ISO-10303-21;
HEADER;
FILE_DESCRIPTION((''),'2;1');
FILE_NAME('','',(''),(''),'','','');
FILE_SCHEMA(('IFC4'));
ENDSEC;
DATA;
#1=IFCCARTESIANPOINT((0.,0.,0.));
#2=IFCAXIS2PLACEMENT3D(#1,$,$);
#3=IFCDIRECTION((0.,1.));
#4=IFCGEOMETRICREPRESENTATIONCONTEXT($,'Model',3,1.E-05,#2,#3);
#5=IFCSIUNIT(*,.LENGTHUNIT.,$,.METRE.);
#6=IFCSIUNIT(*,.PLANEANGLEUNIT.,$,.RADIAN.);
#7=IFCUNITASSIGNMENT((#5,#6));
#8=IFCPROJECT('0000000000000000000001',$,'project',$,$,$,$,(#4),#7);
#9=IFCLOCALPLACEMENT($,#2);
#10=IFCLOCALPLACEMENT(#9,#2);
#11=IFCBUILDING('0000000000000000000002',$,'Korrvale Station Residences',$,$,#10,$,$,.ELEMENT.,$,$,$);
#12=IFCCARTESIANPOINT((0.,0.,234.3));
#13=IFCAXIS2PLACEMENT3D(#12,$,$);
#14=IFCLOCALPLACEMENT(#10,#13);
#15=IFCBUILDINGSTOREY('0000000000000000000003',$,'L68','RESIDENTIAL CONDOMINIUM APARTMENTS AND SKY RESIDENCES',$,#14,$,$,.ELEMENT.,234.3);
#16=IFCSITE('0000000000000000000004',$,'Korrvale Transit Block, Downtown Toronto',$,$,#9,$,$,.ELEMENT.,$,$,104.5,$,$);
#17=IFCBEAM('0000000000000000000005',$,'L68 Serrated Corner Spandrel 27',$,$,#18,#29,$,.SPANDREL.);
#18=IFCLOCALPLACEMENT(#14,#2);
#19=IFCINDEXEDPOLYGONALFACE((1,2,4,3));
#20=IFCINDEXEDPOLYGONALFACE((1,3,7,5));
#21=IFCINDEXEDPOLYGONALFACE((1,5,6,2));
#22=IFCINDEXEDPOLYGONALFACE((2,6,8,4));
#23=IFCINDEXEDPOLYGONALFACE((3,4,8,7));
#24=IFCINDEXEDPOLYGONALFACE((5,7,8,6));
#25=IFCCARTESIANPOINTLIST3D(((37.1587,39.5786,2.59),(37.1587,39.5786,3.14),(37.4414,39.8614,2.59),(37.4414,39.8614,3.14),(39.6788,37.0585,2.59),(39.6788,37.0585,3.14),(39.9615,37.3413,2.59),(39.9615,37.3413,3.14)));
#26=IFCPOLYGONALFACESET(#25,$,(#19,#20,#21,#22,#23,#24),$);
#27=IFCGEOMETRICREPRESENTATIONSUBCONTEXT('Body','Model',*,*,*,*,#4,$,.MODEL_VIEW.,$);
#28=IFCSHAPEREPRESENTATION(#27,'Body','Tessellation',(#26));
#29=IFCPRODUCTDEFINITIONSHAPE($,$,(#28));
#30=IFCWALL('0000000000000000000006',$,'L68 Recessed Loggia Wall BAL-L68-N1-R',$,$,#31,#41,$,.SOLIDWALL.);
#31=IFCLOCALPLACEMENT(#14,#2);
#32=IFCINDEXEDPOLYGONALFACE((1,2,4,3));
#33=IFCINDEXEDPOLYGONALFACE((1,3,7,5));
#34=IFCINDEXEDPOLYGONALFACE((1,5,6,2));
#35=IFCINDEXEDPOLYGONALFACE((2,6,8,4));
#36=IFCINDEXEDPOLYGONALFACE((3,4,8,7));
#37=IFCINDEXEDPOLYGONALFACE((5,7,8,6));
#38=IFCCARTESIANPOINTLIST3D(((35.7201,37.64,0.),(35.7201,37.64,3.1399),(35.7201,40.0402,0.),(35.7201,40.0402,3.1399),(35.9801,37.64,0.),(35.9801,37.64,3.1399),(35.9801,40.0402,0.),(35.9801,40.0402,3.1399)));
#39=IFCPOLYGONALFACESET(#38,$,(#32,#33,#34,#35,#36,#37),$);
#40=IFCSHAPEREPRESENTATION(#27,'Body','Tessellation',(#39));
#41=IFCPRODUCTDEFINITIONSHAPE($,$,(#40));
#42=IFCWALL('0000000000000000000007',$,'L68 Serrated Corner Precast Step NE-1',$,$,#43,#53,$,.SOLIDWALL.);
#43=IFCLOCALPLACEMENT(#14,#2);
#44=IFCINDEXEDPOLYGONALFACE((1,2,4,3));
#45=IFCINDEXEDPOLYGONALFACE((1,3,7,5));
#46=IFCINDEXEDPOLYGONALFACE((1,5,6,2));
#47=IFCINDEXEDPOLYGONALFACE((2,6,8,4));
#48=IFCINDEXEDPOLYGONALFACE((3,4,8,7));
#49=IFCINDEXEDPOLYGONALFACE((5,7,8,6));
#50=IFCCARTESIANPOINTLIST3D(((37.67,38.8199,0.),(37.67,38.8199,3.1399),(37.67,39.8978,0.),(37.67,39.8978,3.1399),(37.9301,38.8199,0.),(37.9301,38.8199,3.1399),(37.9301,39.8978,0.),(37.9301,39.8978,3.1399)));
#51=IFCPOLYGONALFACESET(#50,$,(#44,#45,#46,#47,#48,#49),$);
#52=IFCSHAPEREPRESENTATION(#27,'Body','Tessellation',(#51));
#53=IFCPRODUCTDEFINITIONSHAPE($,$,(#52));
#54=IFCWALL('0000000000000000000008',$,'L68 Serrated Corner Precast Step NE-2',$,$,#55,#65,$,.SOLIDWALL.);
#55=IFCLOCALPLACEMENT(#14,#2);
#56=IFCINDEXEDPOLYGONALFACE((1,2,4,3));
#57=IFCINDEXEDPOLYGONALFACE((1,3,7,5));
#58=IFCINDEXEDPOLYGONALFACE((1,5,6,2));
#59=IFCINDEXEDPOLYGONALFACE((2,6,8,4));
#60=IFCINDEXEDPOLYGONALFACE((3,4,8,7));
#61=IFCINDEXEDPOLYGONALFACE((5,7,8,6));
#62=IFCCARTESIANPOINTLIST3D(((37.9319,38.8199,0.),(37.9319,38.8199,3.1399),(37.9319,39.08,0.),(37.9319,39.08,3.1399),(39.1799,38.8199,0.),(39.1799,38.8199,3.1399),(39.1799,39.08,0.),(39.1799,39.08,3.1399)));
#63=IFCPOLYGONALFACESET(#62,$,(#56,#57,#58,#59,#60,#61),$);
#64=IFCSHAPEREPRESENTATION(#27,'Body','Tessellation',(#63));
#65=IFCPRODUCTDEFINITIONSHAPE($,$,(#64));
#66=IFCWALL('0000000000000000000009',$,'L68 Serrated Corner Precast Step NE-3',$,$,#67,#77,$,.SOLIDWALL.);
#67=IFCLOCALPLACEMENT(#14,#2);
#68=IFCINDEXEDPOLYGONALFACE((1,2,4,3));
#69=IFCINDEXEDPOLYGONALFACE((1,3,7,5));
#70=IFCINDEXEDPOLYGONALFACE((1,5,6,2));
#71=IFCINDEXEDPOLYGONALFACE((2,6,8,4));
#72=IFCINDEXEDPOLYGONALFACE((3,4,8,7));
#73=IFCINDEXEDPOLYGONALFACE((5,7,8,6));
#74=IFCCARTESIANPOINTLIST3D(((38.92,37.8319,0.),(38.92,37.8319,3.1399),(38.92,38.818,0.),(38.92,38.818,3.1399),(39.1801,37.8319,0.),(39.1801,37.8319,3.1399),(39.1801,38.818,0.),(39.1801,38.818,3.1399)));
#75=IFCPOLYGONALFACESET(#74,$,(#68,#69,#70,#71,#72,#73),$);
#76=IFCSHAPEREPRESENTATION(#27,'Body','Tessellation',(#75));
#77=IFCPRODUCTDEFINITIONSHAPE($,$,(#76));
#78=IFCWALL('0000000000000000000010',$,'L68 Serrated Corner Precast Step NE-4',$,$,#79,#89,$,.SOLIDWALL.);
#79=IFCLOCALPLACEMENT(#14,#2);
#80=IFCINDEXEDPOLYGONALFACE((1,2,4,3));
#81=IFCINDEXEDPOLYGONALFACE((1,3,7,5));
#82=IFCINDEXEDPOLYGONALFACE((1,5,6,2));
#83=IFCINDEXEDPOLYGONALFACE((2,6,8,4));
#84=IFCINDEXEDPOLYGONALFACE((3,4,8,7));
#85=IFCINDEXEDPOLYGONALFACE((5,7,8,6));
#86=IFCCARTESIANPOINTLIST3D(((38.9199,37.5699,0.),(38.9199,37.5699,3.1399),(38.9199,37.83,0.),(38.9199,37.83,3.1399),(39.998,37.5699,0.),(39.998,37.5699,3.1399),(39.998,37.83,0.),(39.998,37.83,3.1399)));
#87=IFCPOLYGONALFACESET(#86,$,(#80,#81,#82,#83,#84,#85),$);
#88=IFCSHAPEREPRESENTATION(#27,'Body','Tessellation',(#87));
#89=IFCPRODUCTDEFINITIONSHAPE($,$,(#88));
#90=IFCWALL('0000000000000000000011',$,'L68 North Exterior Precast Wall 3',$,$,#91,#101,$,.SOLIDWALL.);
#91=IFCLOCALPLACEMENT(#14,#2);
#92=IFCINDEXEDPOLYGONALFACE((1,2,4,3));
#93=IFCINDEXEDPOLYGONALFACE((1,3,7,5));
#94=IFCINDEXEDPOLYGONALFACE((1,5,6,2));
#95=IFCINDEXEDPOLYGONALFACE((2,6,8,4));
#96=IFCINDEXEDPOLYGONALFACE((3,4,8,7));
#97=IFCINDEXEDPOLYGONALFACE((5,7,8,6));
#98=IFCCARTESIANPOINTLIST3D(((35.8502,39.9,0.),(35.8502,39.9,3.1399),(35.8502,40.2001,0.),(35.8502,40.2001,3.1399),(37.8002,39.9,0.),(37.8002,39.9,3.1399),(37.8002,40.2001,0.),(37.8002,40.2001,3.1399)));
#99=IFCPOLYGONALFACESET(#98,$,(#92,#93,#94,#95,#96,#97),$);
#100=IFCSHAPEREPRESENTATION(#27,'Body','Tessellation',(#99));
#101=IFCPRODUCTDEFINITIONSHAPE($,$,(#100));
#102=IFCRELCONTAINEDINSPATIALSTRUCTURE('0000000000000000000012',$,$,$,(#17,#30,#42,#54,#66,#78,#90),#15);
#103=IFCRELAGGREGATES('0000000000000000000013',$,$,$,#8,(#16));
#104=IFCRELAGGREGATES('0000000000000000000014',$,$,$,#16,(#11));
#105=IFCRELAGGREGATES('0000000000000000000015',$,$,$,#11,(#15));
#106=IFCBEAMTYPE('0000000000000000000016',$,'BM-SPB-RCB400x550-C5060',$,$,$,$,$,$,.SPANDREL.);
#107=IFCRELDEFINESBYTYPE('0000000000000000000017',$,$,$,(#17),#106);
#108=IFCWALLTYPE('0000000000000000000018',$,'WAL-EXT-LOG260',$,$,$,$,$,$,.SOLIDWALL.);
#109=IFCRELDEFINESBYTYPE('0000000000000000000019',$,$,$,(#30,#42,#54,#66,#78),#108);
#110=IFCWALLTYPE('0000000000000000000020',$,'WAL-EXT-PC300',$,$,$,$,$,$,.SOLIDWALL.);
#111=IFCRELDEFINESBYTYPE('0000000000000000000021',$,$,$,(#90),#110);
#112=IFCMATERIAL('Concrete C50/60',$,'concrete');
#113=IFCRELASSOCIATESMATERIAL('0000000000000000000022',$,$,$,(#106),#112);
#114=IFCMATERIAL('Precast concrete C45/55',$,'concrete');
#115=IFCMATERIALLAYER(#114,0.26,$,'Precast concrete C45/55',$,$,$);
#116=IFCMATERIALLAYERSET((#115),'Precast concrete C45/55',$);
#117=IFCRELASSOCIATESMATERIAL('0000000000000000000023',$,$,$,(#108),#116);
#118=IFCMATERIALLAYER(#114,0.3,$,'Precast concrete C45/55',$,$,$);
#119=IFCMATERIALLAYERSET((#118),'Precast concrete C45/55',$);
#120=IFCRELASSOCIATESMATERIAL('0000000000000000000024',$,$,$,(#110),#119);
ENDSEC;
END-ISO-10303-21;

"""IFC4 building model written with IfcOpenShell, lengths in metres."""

from ifc_helpers import new_model, si_unit, direction, frame, frame_2d, origin, origin_2d, place, context, subcontext, project, spatial, rectangle, extrude, material, layer, layer_set, material_profile, profile_set, type_object, element, save


model = new_model("IFC4")

# Units and contexts
model_context = context("Model", 3, precision=1e-05, world=origin(), true_north=direction((0.0, 1.0)))
body_context = subcontext(model_context, "Body", "Model", "MODEL_VIEW")
ifc_project = project(units=[si_unit("LENGTHUNIT", "METRE"), si_unit("PLANEANGLEUNIT", "RADIAN")], contexts=[model_context])

# Site, building, storey
site_placement = place(None, origin())
site = spatial("IfcSite", under=ifc_project, at=site_placement, Name="Korrvale Transit Block, Downtown Toronto", CompositionType="ELEMENT", RefElevation=104.5)
building_placement = place(site_placement, origin())
building = spatial("IfcBuilding", under=site, at=building_placement, Name="Korrvale Station Residences", CompositionType="ELEMENT")
storey_placement = place(building_placement, frame((0.0, 0.0, 234.3)))
storey = spatial("IfcBuildingStorey", under=building, at=storey_placement, Name="L68", Description="RESIDENTIAL CONDOMINIUM APARTMENTS AND SKY RESIDENCES", CompositionType="ELEMENT", Elevation=234.3)

# Shared definitions
ifc_material_1 = material(Name="Concrete C50/60", Category="concrete")

# Beam
ifc_material_profile_1 = material_profile(ifc_material_1, rectangle(XDim=0.3999, YDim=0.55, at=origin_2d()), Name="RCB400x550")
ifc_profile_set_1 = profile_set([ifc_material_profile_1], Name="Concrete C50/60")
beam_type_1 = type_object("IfcBeamType", Name="BM-SPB-RCB400x550-C5060", PredefinedType="SPANDREL", material=ifc_profile_set_1)
beam_1_placement = place(storey_placement, frame((37.3, 39.72, 2.865), z_axis=(0.707107, -0.707107, 0.0), x_axis=(0.707107, 0.707107, 0.0)))
element("IfcBeam", 1, at=beam_1_placement, inside=storey, type_object=beam_type_1, Name="L68 Serrated Corner Spandrel 27", PredefinedType="SPANDREL", context=body_context, shape_type="SweptSolid", body=[
    extrude(rectangle(XDim=0.3999, YDim=0.55, at=origin_2d()), origin(), (0.0, 0.0, 1.0), 3.564),
])

# Walls
ifc_material_2 = material(Name="Precast concrete C45/55", Category="concrete")
ifc_layer_1 = layer(ifc_material_2, 0.26, Name="Precast concrete C45/55")
ifc_layer_set_1 = layer_set([ifc_layer_1], Name="Precast concrete C45/55")
wall_type_1 = type_object("IfcWallType", Name="WAL-EXT-LOG260", PredefinedType="SOLIDWALL", material=ifc_layer_set_1)
wall_1_placement = place(storey_placement, frame((35.8501, 37.6399, 0.0), z_axis=(0.0, 0.0, 1.0), x_axis=(0.0, 1.0, 0.0)))
element("IfcWall", 2, at=wall_1_placement, inside=storey, type_object=wall_type_1, Name="L68 Recessed Loggia Wall BAL-L68-N1-R", PredefinedType="SOLIDWALL", context=body_context, shape_type="SweptSolid", body=[
    extrude(rectangle(XDim=2.4001, YDim=0.26, at=frame_2d((1.2002, 0.0))), origin(), (0.0, 0.0, 1.0), 3.1399),
])
wall_2_placement = place(storey_placement, frame((37.8, 39.8979, 0.0), z_axis=(0.0, 0.0, 1.0), x_axis=(0.0, -1.0, 0.0)))
element("IfcWall", 3, at=wall_2_placement, inside=storey, type_object=wall_type_1, Name="L68 Serrated Corner Precast Step NE-1", PredefinedType="SOLIDWALL", context=body_context, shape_type="SweptSolid", body=[
    extrude(rectangle(XDim=1.0779, YDim=0.26, at=frame_2d((0.5391, 0.0))), origin(), (0.0, 0.0, 1.0), 3.1399),
])
wall_3_placement = place(storey_placement, frame((37.9319, 38.95, 0.0), z_axis=(0.0, 0.0, 1.0), x_axis=(1.0, 0.0, 0.0)))
element("IfcWall", 4, at=wall_3_placement, inside=storey, type_object=wall_type_1, Name="L68 Serrated Corner Precast Step NE-2", PredefinedType="SOLIDWALL", context=body_context, shape_type="SweptSolid", body=[
    extrude(rectangle(XDim=1.248, YDim=0.26, at=frame_2d((0.624, 0.0))), origin(), (0.0, 0.0, 1.0), 3.1399),
])
wall_4_placement = place(storey_placement, frame((39.05, 38.8181, 0.0), z_axis=(0.0, 0.0, 1.0), x_axis=(0.0, -1.0, 0.0)))
element("IfcWall", 5, at=wall_4_placement, inside=storey, type_object=wall_type_1, Name="L68 Serrated Corner Precast Step NE-3", PredefinedType="SOLIDWALL", context=body_context, shape_type="SweptSolid", body=[
    extrude(rectangle(XDim=0.9861, YDim=0.26, at=frame_2d((0.4932, 0.0))), origin(), (0.0, 0.0, 1.0), 3.1399),
])
wall_5_placement = place(storey_placement, frame((38.9199, 37.7, 0.0), z_axis=(0.0, 0.0, 1.0), x_axis=(1.0, 0.0, 0.0)))
element("IfcWall", 6, at=wall_5_placement, inside=storey, type_object=wall_type_1, Name="L68 Serrated Corner Precast Step NE-4", PredefinedType="SOLIDWALL", context=body_context, shape_type="SweptSolid", body=[
    extrude(rectangle(XDim=1.0781, YDim=0.26, at=frame_2d((0.5391, 0.0))), origin(), (0.0, 0.0, 1.0), 3.1399),
])
ifc_layer_2 = layer(ifc_material_2, 0.3, Name="Precast concrete C45/55")
ifc_layer_set_2 = layer_set([ifc_layer_2], Name="Precast concrete C45/55")
wall_type_2 = type_object("IfcWallType", Name="WAL-EXT-PC300", PredefinedType="SOLIDWALL", material=ifc_layer_set_2)
wall_6_placement = place(storey_placement, frame((35.8501, 40.05, 0.0), z_axis=(0.0, 0.0, 1.0), x_axis=(1.0, 0.0, 0.0)))
element("IfcWall", 7, at=wall_6_placement, inside=storey, type_object=wall_type_2, Name="L68 North Exterior Precast Wall 3", PredefinedType="SOLIDWALL", context=body_context, shape_type="SweptSolid", body=[
    extrude(rectangle(XDim=1.95, YDim=0.3, at=frame_2d((0.9751, 0.0))), origin(), (0.0, 0.0, 1.0), 3.1399),
])

save(model, "model.ifc")
